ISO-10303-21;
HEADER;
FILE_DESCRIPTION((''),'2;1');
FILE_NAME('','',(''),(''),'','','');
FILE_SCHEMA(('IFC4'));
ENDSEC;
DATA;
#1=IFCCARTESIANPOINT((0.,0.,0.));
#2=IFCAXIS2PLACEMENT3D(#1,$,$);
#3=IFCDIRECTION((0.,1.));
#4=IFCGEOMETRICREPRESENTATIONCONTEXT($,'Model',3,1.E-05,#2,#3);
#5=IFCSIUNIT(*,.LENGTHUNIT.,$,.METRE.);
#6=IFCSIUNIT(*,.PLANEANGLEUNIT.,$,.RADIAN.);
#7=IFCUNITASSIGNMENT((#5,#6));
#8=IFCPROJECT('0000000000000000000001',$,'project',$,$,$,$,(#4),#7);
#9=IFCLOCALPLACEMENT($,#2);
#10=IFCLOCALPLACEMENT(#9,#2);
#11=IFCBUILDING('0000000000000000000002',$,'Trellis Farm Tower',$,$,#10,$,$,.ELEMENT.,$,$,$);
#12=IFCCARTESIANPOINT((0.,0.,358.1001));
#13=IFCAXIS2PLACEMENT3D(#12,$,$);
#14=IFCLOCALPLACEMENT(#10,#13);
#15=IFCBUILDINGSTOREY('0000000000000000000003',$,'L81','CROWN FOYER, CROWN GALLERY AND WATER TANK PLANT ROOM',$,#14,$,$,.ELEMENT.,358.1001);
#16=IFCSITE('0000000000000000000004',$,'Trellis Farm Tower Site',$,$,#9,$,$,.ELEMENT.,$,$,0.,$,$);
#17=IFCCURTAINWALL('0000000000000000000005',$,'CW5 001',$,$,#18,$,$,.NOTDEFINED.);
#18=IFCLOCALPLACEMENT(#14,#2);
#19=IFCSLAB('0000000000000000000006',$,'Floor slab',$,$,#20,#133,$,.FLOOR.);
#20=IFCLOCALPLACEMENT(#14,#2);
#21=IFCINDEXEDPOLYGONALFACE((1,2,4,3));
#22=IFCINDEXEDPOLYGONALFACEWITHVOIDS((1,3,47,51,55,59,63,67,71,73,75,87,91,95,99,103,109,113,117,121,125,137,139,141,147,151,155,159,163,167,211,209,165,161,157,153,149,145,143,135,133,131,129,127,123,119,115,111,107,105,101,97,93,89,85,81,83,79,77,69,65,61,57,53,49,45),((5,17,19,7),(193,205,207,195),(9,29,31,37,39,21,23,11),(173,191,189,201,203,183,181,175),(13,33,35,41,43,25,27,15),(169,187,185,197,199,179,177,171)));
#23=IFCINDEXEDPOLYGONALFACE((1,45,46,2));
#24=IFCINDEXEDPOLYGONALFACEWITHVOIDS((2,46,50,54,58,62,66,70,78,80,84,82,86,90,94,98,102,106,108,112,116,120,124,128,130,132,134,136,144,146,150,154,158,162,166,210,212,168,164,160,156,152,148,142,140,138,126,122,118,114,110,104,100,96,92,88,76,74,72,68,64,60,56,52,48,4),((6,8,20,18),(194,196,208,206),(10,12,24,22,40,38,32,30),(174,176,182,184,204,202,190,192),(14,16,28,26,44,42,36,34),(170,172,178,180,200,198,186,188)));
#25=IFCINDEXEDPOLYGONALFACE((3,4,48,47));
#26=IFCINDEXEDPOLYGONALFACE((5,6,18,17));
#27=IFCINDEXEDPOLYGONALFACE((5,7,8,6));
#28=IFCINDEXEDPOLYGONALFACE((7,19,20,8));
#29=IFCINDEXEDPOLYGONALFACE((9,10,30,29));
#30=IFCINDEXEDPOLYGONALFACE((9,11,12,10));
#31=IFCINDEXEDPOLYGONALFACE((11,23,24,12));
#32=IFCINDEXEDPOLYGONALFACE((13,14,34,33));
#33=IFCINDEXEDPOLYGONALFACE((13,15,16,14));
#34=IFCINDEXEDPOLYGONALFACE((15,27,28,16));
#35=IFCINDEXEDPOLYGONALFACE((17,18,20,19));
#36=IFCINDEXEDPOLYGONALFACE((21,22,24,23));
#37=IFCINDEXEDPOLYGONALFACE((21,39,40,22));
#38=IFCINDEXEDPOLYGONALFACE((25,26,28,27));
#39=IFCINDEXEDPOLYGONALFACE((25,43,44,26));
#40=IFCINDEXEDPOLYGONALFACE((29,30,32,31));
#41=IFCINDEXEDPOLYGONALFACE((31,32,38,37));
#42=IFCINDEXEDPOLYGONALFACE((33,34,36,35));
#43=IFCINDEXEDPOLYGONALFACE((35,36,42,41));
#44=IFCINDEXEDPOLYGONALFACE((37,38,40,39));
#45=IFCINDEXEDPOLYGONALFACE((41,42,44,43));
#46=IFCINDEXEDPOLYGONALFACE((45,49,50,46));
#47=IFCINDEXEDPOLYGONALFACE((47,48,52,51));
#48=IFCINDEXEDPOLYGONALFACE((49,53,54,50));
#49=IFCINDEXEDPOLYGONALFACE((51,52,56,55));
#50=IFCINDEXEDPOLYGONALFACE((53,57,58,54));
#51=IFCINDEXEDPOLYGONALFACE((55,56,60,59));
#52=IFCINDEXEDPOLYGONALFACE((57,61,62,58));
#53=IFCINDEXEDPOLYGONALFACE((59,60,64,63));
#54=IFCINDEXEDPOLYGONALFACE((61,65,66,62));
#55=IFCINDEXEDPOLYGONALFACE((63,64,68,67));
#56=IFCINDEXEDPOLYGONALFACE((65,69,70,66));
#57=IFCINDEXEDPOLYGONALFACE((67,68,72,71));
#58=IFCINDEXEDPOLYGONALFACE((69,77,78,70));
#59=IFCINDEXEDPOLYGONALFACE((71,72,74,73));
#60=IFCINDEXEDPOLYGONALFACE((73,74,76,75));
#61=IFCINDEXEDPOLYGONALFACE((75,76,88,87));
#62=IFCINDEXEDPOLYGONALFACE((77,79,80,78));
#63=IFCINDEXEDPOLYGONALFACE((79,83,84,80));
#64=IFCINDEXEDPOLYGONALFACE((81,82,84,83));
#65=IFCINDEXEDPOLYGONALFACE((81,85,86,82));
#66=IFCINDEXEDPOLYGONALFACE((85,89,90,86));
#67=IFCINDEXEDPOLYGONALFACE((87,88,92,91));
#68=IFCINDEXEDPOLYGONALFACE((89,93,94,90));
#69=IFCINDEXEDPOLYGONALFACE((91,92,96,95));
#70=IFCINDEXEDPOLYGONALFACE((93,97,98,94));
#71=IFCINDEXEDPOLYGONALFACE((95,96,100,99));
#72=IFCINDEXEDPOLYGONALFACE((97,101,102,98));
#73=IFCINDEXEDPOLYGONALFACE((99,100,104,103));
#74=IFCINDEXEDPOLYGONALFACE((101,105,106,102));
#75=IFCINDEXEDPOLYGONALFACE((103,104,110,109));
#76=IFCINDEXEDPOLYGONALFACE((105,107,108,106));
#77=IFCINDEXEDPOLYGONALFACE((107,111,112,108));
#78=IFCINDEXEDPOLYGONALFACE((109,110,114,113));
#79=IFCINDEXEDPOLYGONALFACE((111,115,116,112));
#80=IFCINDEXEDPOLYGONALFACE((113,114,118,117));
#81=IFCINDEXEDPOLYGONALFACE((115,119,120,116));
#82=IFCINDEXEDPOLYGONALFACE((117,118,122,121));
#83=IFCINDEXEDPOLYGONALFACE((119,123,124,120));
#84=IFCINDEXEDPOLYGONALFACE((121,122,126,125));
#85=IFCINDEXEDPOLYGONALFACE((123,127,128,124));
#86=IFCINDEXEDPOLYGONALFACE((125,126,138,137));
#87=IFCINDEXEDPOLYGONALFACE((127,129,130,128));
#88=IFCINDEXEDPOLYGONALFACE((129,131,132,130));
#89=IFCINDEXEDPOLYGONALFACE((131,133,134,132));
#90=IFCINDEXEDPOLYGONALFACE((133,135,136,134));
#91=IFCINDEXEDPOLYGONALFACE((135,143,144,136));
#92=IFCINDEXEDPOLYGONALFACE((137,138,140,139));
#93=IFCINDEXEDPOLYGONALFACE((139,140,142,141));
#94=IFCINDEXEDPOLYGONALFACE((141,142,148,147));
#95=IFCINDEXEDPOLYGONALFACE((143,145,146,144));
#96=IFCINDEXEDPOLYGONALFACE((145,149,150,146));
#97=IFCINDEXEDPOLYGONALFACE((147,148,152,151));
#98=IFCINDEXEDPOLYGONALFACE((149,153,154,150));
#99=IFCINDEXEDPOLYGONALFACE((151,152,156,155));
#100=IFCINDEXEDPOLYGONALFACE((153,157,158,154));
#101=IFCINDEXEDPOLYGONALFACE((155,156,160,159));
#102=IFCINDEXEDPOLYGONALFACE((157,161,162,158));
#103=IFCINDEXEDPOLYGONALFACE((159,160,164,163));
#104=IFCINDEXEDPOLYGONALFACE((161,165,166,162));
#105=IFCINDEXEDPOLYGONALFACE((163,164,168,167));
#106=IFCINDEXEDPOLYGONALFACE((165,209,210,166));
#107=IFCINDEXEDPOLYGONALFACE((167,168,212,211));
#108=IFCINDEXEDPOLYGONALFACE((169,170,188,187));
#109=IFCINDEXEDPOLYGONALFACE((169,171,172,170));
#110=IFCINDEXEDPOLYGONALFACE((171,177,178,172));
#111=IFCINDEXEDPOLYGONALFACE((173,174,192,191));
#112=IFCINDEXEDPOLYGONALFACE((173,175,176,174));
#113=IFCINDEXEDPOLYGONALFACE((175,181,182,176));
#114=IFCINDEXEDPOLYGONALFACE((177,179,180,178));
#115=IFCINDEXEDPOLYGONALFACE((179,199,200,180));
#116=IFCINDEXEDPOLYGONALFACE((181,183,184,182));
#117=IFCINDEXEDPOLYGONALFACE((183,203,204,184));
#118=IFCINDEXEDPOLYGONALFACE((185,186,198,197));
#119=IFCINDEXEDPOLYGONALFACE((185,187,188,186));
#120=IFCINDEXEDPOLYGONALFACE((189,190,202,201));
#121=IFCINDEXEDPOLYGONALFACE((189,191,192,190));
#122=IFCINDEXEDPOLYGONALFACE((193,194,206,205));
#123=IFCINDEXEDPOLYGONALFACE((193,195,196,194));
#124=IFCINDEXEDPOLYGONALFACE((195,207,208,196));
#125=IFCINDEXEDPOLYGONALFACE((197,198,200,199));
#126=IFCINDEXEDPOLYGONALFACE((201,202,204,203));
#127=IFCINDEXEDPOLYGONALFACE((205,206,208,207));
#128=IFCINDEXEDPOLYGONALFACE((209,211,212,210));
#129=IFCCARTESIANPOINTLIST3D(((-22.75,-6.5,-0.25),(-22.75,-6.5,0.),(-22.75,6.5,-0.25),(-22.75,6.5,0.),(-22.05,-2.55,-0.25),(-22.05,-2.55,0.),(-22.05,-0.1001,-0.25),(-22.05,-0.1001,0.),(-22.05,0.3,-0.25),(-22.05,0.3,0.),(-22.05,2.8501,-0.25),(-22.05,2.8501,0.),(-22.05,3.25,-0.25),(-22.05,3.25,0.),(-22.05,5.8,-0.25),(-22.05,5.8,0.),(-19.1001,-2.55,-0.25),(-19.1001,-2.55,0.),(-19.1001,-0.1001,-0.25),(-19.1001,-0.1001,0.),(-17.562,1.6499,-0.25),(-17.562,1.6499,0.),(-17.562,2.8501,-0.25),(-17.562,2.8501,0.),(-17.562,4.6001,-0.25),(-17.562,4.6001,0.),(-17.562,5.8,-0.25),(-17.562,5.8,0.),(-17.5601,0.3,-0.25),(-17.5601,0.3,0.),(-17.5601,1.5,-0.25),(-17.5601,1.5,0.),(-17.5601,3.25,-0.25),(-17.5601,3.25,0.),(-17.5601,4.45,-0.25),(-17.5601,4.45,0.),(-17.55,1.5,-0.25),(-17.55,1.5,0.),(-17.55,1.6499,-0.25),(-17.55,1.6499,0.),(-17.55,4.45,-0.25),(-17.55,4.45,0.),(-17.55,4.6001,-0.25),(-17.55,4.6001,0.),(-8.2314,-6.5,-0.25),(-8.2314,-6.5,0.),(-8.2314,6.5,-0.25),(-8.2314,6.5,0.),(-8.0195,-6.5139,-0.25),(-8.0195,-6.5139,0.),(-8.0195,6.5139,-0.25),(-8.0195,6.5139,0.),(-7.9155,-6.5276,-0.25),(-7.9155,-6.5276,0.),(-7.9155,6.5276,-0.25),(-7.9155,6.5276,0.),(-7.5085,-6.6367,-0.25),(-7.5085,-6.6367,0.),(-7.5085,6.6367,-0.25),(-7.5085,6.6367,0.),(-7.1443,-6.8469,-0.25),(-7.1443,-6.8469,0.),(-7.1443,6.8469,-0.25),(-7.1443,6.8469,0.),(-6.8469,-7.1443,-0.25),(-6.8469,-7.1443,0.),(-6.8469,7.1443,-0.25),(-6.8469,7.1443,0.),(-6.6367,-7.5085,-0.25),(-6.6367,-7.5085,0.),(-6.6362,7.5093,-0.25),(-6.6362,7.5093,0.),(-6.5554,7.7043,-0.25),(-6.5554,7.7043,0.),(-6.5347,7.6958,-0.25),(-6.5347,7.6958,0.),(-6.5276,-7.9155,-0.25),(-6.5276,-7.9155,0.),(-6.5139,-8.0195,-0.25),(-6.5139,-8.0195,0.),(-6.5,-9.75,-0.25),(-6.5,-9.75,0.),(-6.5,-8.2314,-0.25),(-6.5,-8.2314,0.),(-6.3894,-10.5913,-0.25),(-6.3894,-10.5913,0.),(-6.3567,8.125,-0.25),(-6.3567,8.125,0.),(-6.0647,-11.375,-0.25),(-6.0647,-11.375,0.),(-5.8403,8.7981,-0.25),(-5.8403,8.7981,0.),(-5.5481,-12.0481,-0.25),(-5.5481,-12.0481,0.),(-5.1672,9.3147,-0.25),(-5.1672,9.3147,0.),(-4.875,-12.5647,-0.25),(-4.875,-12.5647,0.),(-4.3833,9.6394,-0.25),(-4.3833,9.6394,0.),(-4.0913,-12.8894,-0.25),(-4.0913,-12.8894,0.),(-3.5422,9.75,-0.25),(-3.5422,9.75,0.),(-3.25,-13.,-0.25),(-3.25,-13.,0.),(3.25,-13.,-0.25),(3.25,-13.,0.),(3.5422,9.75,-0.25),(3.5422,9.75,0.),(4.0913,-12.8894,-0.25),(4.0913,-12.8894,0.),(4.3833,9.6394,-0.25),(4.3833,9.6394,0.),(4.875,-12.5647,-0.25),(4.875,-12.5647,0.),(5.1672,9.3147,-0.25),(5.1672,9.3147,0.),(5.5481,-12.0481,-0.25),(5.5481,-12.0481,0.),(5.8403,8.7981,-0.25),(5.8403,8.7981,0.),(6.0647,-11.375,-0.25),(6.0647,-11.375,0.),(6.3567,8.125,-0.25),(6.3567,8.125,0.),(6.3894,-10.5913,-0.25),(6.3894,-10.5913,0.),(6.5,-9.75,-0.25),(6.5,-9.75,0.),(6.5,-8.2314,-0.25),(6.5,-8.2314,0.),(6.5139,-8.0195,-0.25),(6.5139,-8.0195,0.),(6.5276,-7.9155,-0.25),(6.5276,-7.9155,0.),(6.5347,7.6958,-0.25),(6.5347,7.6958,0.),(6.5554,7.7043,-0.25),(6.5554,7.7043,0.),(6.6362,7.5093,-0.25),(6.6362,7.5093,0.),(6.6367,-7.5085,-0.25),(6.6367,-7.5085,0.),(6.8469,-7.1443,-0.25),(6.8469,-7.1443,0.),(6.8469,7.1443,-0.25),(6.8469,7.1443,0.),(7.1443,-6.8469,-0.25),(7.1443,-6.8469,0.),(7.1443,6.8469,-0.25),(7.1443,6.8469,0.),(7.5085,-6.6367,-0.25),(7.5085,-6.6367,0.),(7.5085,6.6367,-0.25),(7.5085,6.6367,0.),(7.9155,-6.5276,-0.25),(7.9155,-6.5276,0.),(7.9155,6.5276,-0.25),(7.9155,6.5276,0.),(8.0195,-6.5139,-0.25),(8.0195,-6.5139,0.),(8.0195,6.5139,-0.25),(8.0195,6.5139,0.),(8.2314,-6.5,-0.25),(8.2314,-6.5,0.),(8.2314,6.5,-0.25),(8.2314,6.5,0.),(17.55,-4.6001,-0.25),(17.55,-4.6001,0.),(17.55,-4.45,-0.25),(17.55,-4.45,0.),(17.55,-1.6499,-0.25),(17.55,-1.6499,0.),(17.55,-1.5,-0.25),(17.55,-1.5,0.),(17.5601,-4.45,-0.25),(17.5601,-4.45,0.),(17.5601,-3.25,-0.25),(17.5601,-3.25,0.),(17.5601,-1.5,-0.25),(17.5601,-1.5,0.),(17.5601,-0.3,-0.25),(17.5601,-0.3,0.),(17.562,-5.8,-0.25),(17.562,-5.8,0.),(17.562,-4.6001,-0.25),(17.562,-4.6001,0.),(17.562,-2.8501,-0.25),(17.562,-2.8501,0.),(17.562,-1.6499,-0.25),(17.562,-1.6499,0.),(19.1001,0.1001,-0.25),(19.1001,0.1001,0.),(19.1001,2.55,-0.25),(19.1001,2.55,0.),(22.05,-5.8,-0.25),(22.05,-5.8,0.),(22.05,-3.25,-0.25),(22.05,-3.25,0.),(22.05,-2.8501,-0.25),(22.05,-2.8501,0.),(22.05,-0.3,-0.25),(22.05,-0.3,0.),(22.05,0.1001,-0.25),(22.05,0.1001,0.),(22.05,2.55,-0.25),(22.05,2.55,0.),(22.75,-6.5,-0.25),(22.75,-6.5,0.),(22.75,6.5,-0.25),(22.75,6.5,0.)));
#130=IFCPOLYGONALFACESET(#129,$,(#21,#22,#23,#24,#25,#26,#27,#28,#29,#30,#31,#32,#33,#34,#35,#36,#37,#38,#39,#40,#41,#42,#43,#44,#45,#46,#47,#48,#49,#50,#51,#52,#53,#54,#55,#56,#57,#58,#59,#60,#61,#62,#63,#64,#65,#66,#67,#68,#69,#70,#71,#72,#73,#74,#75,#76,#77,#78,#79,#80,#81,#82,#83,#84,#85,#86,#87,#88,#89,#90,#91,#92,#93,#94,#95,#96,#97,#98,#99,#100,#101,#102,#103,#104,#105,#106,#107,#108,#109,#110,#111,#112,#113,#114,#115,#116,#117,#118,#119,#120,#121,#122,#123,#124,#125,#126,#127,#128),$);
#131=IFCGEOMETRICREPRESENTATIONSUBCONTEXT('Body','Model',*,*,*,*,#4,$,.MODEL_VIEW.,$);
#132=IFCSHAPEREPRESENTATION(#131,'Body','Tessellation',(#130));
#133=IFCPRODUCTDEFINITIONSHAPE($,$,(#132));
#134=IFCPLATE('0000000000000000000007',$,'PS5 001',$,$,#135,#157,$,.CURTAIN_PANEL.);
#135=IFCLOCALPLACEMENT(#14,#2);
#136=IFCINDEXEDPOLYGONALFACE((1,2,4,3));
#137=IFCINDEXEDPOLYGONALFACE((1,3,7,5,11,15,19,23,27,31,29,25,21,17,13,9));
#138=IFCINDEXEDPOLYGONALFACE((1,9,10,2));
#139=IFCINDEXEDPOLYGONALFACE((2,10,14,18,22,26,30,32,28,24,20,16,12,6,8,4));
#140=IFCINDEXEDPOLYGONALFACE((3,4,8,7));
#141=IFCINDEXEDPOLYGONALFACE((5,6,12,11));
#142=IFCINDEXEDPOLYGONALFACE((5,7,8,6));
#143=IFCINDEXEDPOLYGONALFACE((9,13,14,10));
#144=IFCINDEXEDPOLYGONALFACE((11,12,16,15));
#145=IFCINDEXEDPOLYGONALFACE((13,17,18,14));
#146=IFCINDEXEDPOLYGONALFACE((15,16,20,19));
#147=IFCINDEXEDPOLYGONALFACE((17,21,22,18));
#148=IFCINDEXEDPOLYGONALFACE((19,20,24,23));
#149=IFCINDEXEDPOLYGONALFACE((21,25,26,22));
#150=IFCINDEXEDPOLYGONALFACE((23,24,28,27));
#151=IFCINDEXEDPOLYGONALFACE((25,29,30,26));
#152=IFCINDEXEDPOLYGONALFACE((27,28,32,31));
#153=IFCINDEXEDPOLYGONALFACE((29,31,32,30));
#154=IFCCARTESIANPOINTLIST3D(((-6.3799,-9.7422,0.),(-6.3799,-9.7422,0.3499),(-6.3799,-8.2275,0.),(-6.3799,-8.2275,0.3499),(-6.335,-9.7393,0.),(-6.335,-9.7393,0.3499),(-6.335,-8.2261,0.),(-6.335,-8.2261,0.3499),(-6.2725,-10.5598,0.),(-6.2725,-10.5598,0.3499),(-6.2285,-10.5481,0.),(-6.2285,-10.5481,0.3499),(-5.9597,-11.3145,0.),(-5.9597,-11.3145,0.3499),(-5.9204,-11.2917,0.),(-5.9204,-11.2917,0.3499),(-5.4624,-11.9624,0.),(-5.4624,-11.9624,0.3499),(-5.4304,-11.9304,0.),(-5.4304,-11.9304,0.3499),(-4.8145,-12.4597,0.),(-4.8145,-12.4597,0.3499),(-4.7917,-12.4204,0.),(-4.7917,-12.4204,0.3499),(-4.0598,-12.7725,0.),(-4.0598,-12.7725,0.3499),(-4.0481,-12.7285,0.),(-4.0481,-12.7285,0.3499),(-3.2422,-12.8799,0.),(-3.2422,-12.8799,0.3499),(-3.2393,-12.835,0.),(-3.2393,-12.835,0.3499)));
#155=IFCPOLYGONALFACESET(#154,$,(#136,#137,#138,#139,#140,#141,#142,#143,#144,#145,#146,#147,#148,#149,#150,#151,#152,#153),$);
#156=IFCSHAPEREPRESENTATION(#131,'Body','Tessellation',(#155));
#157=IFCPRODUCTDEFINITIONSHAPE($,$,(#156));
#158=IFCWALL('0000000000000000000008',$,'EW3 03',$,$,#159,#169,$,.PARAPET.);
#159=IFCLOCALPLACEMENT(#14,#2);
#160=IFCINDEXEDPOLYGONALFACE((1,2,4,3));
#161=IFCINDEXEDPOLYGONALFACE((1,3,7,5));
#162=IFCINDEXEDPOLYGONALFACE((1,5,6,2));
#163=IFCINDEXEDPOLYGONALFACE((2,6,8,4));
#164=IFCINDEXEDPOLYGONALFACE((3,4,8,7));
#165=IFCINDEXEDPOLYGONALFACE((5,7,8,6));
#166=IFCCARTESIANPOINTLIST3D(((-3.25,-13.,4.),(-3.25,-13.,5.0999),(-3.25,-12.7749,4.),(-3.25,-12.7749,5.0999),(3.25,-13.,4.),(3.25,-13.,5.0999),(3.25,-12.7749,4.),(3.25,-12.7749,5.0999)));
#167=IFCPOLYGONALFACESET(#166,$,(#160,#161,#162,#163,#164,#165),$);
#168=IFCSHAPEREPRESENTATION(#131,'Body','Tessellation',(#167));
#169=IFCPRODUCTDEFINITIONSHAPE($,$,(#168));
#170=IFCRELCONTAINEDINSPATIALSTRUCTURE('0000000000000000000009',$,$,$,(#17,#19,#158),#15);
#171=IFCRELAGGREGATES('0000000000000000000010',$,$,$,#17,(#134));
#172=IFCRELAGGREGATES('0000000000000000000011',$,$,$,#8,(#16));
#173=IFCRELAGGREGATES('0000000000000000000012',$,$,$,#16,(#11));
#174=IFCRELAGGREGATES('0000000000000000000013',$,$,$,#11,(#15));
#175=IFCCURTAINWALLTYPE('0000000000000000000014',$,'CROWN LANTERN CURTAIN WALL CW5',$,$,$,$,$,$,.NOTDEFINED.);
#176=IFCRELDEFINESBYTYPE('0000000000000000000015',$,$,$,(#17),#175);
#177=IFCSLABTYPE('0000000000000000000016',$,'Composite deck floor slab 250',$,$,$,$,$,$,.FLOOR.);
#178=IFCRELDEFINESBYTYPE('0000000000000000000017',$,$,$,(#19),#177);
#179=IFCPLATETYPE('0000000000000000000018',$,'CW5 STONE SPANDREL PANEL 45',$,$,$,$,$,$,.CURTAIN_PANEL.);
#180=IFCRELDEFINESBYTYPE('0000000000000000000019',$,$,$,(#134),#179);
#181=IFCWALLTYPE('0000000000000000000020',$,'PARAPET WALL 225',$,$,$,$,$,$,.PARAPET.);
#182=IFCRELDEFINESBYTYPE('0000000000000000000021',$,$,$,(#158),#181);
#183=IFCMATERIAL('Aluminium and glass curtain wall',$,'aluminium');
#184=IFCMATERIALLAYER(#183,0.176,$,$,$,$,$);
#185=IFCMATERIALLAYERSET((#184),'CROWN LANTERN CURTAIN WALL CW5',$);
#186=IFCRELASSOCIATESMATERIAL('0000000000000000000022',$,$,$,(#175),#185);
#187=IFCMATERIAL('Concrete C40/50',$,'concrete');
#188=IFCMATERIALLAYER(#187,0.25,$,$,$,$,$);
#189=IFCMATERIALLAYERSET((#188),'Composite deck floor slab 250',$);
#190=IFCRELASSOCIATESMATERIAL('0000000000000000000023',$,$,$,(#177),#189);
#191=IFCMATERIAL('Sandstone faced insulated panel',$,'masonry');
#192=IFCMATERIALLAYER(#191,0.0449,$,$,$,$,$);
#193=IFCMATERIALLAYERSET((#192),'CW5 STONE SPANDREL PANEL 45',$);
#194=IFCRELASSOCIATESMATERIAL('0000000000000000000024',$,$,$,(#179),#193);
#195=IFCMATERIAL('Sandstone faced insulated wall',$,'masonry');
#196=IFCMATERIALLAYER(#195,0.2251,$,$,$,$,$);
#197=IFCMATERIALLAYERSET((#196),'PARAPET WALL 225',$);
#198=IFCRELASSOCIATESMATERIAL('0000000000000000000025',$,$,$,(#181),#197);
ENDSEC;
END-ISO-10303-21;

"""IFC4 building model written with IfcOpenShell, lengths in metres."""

from ifc_helpers import new_model, si_unit, direction, frame, frame_2d, origin, place, context, subcontext, project, spatial, polyline, rectangle, outline, extrude, source, transform, mapped, material, layer, layer_set, type_object, element, aggregate, save


model = new_model("IFC4")

# Units and contexts
model_context = context("Model", 3, precision=1e-05, world=origin(), true_north=direction((0.0, 1.0)))
body_context = subcontext(model_context, "Body", "Model", "MODEL_VIEW")
ifc_project = project(units=[si_unit("LENGTHUNIT", "METRE"), si_unit("PLANEANGLEUNIT", "RADIAN")], contexts=[model_context])

# Site, building, storey
site_placement = place(None, origin())
site = spatial("IfcSite", under=ifc_project, at=site_placement, Name="Trellis Farm Tower Site", CompositionType="ELEMENT", RefElevation=0.0)
building_placement = place(site_placement, origin())
building = spatial("IfcBuilding", under=site, at=building_placement, Name="Trellis Farm Tower", CompositionType="ELEMENT")
storey_placement = place(building_placement, frame((0.0, 0.0, 358.1001)))
storey = spatial("IfcBuildingStorey", under=building, at=storey_placement, Name="L81", Description="CROWN FOYER, CROWN GALLERY AND WATER TANK PLANT ROOM", CompositionType="ELEMENT", Elevation=358.1001)

# Curtain wall
ifc_material_1 = material(Name="Aluminium and glass curtain wall", Category="aluminium")
ifc_layer_1 = layer(ifc_material_1, 0.176)
ifc_layer_set_1 = layer_set([ifc_layer_1], Name="CROWN LANTERN CURTAIN WALL CW5")
curtain_wall_type = type_object("IfcCurtainWallType", Name="CROWN LANTERN CURTAIN WALL CW5", PredefinedType="NOTDEFINED", material=ifc_layer_set_1)
placement_1 = place(storey_placement, origin())
curtain_wall_1 = element("IfcCurtainWall", 1, at=placement_1, inside=storey, type_object=curtain_wall_type, Name="CW5 001", PredefinedType="NOTDEFINED")

# Slab
ifc_material_2 = material(Name="Concrete C40/50", Category="concrete")
ifc_layer_2 = layer(ifc_material_2, 0.25)
ifc_layer_set_2 = layer_set([ifc_layer_2], Name="Composite deck floor slab 250")
slab_type = type_object("IfcSlabType", Name="Composite deck floor slab 250", PredefinedType="FLOOR", material=ifc_layer_set_2)
shared_shape_1 = source(origin(), body_context, "Body", "SweptSolid", [
    extrude(outline(polyline([(-22.75, 6.5), (-8.2314, 6.5), (-8.0195, 6.5139), (-7.9155, 6.5276), (-7.5085, 6.6367), (-7.1443, 6.8469), (-6.8469, 7.1443), (-6.6362, 7.5093), (-6.5554, 7.7043), (-6.5347, 7.6958), (-6.3567, 8.125), (-5.8403, 8.7981), (-5.1672, 9.3147), (-4.3833, 9.6394), (-3.5422, 9.75), (3.5422, 9.75), (4.3833, 9.6394), (5.1672, 9.3147), (5.8403, 8.7981), (6.3567, 8.125), (6.5347, 7.6958), (6.5554, 7.7043), (6.6362, 7.5093), (6.8469, 7.1443), (7.1443, 6.8469), (7.5085, 6.6367), (7.9155, 6.5276), (8.0195, 6.5139), (8.2314, 6.5), (22.75, 6.5), (22.75, -6.5), (8.2314, -6.5), (8.0195, -6.5139), (7.9155, -6.5276), (7.5085, -6.6367), (7.1443, -6.8469), (6.8469, -7.1443), (6.6367, -7.5085), (6.5276, -7.9155), (6.5139, -8.0195), (6.5, -8.2314), (6.5, -9.75), (6.3894, -10.5913), (6.0647, -11.375), (5.5481, -12.0481), (4.875, -12.5647), (4.0913, -12.8894), (3.25, -13.0), (-3.25, -13.0), (-4.0913, -12.8894), (-4.875, -12.5647), (-5.5481, -12.0481), (-6.0647, -11.375), (-6.3894, -10.5913), (-6.5, -9.75), (-6.5, -8.2314), (-6.5139, -8.0195), (-6.5276, -7.9155), (-6.6367, -7.5085), (-6.8469, -7.1443), (-7.1443, -6.8469), (-7.5085, -6.6367), (-7.9155, -6.5276), (-8.0195, -6.5139), (-8.2314, -6.5), (-22.75, -6.5), (-22.75, 6.5)]), holes=[polyline([(22.05, -5.8), (22.05, -3.25), (17.5601, -3.25), (17.5601, -4.45), (17.55, -4.45), (17.55, -4.6001), (17.562, -4.6001), (17.562, -5.8), (22.05, -5.8)]), polyline([(17.562, -2.8501), (22.05, -2.8501), (22.05, -0.3), (17.5601, -0.3), (17.5601, -1.5), (17.55, -1.5), (17.55, -1.6499), (17.562, -1.6499), (17.562, -2.8501)]), polyline([(-22.05, -2.55), (-19.1001, -2.55), (-19.1001, -0.1001), (-22.05, -0.1001), (-22.05, -2.55)]), polyline([(19.1001, 2.55), (19.1001, 0.1001), (22.05, 0.1001), (22.05, 2.55), (19.1001, 2.55)]), polyline([(-17.562, 2.8501), (-22.05, 2.8501), (-22.05, 0.3), (-17.5601, 0.3), (-17.5601, 1.5), (-17.55, 1.5), (-17.55, 1.6499), (-17.562, 1.6499), (-17.562, 2.8501)]), polyline([(-17.562, 5.8), (-22.05, 5.8), (-22.05, 3.25), (-17.5601, 3.25), (-17.5601, 4.45), (-17.55, 4.45), (-17.55, 4.6001), (-17.562, 4.6001), (-17.562, 5.8)])]), origin(), (0.0, 0.0, 1.0), 0.25),
])
slab_placement = place(storey_placement, frame((0.0, 0.0, -0.25)))
element("IfcSlab", 2, at=slab_placement, inside=storey, type_object=slab_type, Name="Floor slab", PredefinedType="FLOOR", context=body_context, shape_type="MappedRepresentation", body=[
    mapped(shared_shape_1, transform((0.0, 0.0, 0.0))),
])

# Plate
ifc_material_3 = material(Name="Sandstone faced insulated panel", Category="masonry")
ifc_layer_3 = layer(ifc_material_3, 0.0449)
ifc_layer_set_3 = layer_set([ifc_layer_3], Name="CW5 STONE SPANDREL PANEL 45")
plate_type_1 = type_object("IfcPlateType", Name="CW5 STONE SPANDREL PANEL 45", PredefinedType="CURTAIN_PANEL", material=ifc_layer_set_3)
shared_shape_2 = source(origin(), body_context, "Body", "SweptSolid", [
    extrude(outline(polyline([(-6.3799, -8.2275), (-6.3799, -9.7422), (-6.2725, -10.5598), (-5.9597, -11.3145), (-5.4624, -11.9624), (-4.8145, -12.4597), (-4.0598, -12.7725), (-3.2422, -12.8799), (-3.2393, -12.835), (-4.0481, -12.7285), (-4.7917, -12.4204), (-5.4304, -11.9304), (-5.9204, -11.2917), (-6.2285, -10.5481), (-6.335, -9.7393), (-6.335, -8.2261), (-6.3799, -8.2275)])), origin(), (0.0, 0.0, 1.0), 0.3499),
])
plate_1 = element("IfcPlate", 3, at=placement_1, type_object=plate_type_1, Name="PS5 001", PredefinedType="CURTAIN_PANEL", context=body_context, shape_type="MappedRepresentation", body=[
    mapped(shared_shape_2, transform((0.0, 0.0, 0.0))),
])
aggregate(curtain_wall_1, [plate_1])

# Wall
ifc_material_4 = material(Name="Sandstone faced insulated wall", Category="masonry")
ifc_layer_4 = layer(ifc_material_4, 0.2251)
ifc_layer_set_4 = layer_set([ifc_layer_4], Name="PARAPET WALL 225")
wall_type_1 = type_object("IfcWallType", Name="PARAPET WALL 225", PredefinedType="PARAPET", material=ifc_layer_set_4)
wall_1_placement = place(storey_placement, frame((-3.25, -12.8875, 4.0), z_axis=(0.0, 0.0, 1.0), x_axis=(1.0, 0.0, 0.0)))
element("IfcWall", 4, at=wall_1_placement, inside=storey, type_object=wall_type_1, Name="EW3 03", PredefinedType="PARAPET", context=body_context, shape_type="SweptSolid", body=[
    extrude(rectangle(XDim=6.5, YDim=0.2251, at=frame_2d((3.25, 0.0))), origin(), (0.0, 0.0, 1.0), 1.0999),
])

save(model, "model.ifc")
